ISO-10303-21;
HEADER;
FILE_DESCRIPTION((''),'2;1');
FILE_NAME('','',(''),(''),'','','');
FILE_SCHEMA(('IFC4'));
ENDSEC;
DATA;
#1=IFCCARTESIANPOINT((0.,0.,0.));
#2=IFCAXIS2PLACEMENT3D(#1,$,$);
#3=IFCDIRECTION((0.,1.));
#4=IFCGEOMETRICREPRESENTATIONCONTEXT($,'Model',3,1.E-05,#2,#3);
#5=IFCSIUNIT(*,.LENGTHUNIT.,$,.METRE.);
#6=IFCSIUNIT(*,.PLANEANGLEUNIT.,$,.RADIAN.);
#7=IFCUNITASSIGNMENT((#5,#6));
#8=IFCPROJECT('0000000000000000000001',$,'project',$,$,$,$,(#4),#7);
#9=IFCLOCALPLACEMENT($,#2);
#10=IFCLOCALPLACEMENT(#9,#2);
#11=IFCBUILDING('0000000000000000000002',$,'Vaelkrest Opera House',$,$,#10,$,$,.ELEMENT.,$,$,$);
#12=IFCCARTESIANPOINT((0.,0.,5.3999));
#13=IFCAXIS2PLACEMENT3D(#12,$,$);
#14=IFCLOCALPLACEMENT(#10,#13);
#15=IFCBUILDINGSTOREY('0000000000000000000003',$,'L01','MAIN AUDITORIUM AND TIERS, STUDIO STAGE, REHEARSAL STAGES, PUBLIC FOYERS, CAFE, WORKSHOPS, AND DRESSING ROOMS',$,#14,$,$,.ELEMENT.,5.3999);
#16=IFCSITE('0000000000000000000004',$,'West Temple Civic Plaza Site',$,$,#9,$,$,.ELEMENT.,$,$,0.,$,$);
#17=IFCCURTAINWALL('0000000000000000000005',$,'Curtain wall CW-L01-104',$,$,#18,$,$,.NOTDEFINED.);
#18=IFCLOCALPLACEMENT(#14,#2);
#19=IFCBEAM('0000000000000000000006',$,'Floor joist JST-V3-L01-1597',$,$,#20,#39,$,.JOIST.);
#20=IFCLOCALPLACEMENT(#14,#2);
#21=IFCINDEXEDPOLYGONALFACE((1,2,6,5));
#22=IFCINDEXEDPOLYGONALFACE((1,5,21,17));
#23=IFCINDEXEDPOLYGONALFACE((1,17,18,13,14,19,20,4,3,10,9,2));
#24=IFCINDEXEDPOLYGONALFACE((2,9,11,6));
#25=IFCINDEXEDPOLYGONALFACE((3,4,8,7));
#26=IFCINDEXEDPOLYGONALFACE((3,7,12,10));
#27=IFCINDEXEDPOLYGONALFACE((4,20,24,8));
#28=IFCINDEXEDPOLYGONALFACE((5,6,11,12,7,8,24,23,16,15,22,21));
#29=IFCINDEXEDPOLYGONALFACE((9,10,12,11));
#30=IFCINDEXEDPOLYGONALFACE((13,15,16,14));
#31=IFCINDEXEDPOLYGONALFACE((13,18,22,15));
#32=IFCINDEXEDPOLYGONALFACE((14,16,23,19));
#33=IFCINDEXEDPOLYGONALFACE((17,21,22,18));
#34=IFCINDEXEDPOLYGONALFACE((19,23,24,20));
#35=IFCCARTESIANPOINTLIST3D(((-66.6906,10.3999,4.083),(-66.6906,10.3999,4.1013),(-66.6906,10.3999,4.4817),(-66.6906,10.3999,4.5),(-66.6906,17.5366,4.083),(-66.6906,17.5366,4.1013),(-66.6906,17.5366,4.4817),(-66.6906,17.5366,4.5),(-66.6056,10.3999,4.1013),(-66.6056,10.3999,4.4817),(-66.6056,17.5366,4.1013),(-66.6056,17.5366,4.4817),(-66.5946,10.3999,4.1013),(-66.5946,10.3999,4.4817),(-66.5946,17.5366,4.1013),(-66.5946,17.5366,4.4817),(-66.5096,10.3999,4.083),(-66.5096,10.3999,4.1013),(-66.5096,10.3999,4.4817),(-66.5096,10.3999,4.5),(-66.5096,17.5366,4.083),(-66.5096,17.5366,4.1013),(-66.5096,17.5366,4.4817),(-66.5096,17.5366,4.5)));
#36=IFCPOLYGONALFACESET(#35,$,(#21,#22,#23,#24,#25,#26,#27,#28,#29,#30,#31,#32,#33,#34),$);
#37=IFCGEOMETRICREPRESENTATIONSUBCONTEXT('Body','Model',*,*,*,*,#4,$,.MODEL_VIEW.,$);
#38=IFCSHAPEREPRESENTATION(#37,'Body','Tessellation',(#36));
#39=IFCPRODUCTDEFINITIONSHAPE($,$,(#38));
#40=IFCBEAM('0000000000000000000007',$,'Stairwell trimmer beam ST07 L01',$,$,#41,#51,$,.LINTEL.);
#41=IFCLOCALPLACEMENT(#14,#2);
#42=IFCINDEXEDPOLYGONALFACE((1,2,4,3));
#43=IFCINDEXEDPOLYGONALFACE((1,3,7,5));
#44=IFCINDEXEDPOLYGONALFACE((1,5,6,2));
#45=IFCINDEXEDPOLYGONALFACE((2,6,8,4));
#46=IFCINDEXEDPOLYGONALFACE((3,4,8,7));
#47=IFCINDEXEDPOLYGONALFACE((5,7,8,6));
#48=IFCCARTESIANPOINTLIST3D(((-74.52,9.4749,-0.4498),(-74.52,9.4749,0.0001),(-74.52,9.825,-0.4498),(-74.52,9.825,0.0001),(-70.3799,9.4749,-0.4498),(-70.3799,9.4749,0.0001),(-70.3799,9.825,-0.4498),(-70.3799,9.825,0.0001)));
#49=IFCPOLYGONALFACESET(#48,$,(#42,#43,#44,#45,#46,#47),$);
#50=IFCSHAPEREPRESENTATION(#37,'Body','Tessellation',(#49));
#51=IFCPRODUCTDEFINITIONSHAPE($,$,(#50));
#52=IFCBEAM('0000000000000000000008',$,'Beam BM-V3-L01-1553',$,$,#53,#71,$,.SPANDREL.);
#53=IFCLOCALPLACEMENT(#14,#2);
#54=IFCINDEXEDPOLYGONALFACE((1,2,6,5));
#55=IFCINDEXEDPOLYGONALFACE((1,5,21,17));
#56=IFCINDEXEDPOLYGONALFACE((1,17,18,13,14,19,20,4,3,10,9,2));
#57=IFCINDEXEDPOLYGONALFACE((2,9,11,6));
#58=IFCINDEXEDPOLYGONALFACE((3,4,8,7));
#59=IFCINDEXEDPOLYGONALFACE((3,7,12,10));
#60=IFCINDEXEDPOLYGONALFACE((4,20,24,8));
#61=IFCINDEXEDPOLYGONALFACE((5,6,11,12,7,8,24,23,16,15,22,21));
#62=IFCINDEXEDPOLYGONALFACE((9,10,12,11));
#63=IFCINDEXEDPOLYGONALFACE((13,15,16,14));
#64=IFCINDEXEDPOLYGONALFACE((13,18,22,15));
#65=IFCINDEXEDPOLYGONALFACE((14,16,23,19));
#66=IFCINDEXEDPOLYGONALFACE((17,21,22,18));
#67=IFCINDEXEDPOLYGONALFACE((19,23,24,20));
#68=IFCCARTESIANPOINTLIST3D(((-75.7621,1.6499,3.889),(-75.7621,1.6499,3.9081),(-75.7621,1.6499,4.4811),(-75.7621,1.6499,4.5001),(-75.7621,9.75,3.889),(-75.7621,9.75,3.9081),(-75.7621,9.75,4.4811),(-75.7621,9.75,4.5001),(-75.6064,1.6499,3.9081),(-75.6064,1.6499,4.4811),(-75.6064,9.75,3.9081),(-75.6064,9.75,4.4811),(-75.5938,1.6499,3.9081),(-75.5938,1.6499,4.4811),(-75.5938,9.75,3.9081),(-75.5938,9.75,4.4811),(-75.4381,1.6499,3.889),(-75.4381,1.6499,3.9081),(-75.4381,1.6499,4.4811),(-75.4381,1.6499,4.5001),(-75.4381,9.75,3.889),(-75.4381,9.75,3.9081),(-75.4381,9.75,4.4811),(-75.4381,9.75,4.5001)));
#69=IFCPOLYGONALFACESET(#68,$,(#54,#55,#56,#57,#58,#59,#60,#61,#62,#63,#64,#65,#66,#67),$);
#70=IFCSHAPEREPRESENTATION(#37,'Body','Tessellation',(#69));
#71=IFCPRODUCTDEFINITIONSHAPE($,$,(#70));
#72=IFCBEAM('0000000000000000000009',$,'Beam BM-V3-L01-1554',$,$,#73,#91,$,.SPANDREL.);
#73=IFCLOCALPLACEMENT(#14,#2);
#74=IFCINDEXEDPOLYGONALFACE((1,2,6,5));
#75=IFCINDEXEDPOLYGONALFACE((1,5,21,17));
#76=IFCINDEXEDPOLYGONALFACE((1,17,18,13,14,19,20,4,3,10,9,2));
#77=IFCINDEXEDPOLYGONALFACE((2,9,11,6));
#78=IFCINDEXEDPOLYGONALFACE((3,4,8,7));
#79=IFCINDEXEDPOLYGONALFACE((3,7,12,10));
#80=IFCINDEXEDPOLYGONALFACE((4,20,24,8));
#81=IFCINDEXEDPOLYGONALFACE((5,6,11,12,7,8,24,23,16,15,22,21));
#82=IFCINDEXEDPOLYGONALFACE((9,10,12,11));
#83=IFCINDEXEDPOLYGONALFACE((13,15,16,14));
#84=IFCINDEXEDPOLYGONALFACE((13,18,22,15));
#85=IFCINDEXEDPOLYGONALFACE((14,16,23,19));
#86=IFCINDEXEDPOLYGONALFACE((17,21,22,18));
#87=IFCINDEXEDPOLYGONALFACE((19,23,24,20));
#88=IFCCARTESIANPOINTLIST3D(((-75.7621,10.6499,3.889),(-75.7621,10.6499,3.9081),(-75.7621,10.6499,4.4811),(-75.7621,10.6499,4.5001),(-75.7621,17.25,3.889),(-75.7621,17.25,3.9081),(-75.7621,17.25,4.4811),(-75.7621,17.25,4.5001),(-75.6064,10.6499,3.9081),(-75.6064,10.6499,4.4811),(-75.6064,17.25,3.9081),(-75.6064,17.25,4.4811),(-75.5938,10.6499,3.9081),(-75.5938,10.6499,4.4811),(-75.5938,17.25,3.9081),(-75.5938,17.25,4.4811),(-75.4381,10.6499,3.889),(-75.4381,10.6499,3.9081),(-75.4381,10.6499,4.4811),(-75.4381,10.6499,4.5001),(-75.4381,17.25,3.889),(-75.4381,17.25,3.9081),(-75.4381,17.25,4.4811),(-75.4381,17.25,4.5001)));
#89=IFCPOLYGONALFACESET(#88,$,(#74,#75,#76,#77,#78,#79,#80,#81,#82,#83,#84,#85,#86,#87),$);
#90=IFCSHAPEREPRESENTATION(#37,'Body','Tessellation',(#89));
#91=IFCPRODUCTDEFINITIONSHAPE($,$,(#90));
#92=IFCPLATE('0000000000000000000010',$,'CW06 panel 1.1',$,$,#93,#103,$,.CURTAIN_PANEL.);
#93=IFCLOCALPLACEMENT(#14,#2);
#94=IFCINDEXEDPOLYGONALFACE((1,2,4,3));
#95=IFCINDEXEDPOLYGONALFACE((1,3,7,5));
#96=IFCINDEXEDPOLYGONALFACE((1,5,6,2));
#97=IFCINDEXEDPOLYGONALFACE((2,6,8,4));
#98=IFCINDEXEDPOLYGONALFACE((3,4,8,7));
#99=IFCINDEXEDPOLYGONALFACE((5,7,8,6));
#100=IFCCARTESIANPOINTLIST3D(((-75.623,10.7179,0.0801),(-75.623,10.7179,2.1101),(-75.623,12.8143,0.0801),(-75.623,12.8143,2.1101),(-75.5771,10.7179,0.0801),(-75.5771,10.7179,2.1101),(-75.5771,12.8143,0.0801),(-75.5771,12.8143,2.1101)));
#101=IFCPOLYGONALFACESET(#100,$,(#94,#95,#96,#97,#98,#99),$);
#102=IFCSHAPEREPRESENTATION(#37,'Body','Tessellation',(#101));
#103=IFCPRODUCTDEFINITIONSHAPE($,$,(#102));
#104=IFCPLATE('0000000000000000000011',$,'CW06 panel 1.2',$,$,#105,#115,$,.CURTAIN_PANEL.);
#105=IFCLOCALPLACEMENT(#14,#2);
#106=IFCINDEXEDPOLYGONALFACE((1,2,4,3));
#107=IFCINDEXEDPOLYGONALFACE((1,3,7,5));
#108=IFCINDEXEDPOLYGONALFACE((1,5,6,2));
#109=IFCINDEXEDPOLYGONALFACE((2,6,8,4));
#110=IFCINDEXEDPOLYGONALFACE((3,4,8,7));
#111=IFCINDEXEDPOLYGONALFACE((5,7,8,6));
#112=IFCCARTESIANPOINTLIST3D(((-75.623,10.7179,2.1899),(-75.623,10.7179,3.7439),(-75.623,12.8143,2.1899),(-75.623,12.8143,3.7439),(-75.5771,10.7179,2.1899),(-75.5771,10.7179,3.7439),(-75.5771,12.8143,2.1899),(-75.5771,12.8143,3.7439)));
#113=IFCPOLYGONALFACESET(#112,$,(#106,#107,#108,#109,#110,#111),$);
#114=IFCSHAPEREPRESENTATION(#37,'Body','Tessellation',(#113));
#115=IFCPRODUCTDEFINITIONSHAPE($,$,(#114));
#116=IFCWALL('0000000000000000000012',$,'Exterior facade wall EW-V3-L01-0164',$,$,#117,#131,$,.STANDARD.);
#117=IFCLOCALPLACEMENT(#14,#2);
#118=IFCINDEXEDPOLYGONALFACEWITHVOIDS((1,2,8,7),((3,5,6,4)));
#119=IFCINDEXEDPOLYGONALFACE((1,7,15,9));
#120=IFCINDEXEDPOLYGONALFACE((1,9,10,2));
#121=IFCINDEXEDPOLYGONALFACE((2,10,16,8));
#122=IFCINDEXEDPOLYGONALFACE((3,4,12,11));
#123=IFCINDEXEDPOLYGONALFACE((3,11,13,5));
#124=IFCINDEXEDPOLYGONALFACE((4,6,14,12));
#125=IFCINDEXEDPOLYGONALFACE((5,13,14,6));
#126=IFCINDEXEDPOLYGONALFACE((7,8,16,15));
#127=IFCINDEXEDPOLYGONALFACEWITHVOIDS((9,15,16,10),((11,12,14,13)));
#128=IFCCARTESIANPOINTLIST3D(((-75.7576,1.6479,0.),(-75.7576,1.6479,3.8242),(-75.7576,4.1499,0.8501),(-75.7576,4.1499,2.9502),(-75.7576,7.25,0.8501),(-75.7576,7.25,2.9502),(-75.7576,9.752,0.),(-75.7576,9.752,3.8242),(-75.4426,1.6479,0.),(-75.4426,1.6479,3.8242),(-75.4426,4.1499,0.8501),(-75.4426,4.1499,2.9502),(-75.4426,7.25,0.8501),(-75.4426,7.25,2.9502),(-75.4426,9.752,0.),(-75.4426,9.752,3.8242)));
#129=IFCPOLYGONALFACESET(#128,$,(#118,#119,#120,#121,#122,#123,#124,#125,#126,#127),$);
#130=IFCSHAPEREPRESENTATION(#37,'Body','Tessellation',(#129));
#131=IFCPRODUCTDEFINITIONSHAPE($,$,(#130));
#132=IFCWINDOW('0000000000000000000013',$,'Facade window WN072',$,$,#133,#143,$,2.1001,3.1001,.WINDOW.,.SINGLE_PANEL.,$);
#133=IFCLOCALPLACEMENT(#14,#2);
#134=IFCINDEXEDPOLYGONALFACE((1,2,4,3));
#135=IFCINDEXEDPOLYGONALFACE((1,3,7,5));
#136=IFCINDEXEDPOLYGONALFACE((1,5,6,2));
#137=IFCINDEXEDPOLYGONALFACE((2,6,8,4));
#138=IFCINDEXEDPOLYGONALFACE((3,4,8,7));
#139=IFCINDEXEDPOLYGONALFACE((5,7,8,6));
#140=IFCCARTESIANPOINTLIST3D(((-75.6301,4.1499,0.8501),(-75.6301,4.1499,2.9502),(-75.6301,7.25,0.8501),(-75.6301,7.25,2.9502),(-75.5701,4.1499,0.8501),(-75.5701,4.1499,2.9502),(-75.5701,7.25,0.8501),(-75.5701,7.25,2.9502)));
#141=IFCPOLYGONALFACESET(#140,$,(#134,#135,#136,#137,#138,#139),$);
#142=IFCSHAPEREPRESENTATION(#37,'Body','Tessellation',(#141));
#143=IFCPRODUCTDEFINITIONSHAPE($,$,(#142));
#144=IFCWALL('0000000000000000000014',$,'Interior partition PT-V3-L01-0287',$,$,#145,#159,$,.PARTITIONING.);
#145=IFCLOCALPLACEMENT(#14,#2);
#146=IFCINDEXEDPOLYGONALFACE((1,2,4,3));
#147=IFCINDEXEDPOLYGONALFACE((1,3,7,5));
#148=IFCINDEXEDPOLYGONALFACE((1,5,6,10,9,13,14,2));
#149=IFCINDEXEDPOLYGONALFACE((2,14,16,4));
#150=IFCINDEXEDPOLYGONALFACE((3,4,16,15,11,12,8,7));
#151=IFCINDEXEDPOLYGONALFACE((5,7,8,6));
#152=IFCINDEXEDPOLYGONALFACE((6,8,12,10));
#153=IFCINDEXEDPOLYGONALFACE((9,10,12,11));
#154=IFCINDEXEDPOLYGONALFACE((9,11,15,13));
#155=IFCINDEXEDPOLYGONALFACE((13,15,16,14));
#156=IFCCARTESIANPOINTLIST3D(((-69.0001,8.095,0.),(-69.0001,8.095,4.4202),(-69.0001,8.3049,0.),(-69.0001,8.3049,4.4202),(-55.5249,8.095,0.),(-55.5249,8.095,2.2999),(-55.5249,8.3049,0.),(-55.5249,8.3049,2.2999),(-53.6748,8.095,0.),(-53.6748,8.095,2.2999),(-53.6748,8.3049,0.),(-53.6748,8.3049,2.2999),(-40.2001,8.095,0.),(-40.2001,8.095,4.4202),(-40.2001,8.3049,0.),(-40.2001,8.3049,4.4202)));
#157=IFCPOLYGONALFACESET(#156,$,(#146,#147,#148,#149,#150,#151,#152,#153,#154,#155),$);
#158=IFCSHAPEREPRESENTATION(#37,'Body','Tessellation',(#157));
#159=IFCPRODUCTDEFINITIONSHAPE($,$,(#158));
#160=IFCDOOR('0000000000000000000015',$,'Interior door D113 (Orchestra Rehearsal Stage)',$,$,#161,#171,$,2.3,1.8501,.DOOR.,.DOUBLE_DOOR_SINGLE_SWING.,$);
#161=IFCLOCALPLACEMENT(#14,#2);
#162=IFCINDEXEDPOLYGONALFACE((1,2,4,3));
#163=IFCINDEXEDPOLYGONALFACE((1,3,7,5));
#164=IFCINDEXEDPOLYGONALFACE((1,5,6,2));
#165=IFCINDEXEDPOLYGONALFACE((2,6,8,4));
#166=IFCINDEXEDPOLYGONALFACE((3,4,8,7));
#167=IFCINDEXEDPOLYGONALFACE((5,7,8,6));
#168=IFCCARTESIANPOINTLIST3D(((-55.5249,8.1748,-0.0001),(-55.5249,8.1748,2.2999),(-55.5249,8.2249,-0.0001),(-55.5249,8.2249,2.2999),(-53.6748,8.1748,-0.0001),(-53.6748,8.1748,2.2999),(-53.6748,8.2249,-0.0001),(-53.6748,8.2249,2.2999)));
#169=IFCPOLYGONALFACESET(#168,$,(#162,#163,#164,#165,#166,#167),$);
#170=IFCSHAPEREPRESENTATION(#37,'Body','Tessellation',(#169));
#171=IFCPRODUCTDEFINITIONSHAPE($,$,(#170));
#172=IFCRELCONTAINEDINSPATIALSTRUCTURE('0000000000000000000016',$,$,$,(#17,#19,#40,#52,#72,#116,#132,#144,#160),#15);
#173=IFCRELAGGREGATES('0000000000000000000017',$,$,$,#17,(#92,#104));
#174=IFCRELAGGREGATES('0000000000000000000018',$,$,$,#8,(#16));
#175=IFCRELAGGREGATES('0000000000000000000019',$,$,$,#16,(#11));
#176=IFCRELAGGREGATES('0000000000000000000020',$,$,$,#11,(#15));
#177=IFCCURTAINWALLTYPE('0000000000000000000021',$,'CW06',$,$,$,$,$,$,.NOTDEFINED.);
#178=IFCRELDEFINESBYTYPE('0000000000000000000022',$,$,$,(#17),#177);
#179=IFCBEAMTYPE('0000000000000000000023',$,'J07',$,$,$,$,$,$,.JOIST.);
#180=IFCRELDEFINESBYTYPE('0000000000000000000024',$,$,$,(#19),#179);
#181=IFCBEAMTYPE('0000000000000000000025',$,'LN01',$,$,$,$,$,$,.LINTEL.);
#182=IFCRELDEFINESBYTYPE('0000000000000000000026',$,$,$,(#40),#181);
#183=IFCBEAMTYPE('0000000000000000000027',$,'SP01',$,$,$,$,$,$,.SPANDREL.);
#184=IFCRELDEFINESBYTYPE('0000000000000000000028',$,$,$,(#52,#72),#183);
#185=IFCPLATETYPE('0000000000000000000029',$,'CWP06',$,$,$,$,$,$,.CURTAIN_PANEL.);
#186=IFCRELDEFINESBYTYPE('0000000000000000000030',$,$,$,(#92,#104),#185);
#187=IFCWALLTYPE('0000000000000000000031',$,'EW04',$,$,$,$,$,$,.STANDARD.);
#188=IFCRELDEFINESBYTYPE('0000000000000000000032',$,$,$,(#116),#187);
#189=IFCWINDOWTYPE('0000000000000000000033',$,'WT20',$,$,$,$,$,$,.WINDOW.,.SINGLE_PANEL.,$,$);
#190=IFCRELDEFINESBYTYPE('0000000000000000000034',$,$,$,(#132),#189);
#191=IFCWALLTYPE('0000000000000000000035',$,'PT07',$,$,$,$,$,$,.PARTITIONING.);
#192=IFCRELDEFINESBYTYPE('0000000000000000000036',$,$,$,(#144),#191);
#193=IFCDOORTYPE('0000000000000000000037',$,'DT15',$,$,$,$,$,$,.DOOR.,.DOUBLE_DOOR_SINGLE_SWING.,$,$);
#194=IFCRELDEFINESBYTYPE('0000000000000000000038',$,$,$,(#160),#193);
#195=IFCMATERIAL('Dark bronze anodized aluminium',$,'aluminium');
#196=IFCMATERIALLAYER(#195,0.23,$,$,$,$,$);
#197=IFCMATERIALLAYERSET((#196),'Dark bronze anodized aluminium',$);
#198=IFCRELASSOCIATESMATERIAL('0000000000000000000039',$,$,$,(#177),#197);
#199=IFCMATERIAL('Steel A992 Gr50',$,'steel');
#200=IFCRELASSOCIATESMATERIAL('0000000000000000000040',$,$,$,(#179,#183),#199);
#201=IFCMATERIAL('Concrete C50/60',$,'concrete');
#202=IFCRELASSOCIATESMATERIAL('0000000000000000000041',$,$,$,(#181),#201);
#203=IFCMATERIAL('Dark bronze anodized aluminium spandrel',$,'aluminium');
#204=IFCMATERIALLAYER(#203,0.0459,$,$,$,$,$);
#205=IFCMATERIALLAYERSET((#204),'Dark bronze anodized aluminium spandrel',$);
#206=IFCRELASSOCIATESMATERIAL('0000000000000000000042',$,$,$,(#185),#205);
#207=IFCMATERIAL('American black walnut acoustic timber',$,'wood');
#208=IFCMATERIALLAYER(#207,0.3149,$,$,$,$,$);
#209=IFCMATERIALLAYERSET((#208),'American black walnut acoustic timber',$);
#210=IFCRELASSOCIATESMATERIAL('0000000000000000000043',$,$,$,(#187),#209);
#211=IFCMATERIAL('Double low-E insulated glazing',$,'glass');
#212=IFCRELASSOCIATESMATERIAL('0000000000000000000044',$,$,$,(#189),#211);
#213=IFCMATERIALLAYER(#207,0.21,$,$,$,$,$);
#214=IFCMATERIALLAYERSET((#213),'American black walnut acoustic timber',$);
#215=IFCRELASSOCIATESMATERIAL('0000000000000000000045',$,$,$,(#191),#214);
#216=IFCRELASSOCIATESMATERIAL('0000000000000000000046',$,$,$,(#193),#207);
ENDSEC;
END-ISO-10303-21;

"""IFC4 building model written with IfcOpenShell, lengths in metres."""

from ifc_helpers import new_model, si_unit, direction, frame, frame_2d, origin, origin_2d, place, context, subcontext, project, spatial, rectangle, i_section, extrude, material, layer, layer_set, material_profile, profile_set, type_object, element, fill, aggregate, save


model = new_model("IFC4")

# Units and contexts
model_context = context("Model", 3, precision=1e-05, world=origin(), true_north=direction((0.0, 1.0)))
body_context = subcontext(model_context, "Body", "Model", "MODEL_VIEW")
ifc_project = project(units=[si_unit("LENGTHUNIT", "METRE"), si_unit("PLANEANGLEUNIT", "RADIAN")], contexts=[model_context])

# Site, building, storey
site_placement = place(None, origin())
site = spatial("IfcSite", under=ifc_project, at=site_placement, Name="West Temple Civic Plaza Site", CompositionType="ELEMENT", RefElevation=0.0)
building_placement = place(site_placement, origin())
building = spatial("IfcBuilding", under=site, at=building_placement, Name="Vaelkrest Opera House", CompositionType="ELEMENT")
storey_placement = place(building_placement, frame((0.0, 0.0, 5.3999)))
storey = spatial("IfcBuildingStorey", under=building, at=storey_placement, Name="L01", Description="MAIN AUDITORIUM AND TIERS, STUDIO STAGE, REHEARSAL STAGES, PUBLIC FOYERS, CAFE, WORKSHOPS, AND DRESSING ROOMS", CompositionType="ELEMENT", Elevation=5.3999)

# Shared definitions
ifc_material_1 = material(Name="Concrete C50/60", Category="concrete")

# Curtain wall
ifc_material_2 = material(Name="Dark bronze anodized aluminium", Category="aluminium")
ifc_layer_1 = layer(ifc_material_2, 0.23)
ifc_layer_set_1 = layer_set([ifc_layer_1], Name="Dark bronze anodized aluminium")
curtain_wall_type = type_object("IfcCurtainWallType", Name="CW06", PredefinedType="NOTDEFINED", material=ifc_layer_set_1)
curtain_wall_placement = place(storey_placement, origin())
curtain_wall = element("IfcCurtainWall", 1, at=curtain_wall_placement, inside=storey, type_object=curtain_wall_type, Name="Curtain wall CW-L01-104", PredefinedType="NOTDEFINED")

# Beams
ifc_material_3 = material(Name="Steel A992 Gr50", Category="steel")
ifc_material_profile_1 = material_profile(ifc_material_3, i_section(OverallWidth=0.1809, OverallDepth=0.417, WebThickness=0.011, FlangeThickness=0.0183, at=origin_2d()), Name="W16X57")
ifc_profile_set_1 = profile_set([ifc_material_profile_1], Name="Steel A992 Gr50")
beam_type_1 = type_object("IfcBeamType", Name="J07", PredefinedType="JOIST", material=ifc_profile_set_1)
beam_1_placement = place(storey_placement, frame((-66.6001, 10.3999, 4.2915), z_axis=(0.0, 1.0, 0.0), x_axis=(-1.0, 0.0, 0.0)))
element("IfcBeam", 2, at=beam_1_placement, inside=storey, type_object=beam_type_1, Name="Floor joist JST-V3-L01-1597", PredefinedType="JOIST", context=body_context, shape_type="SweptSolid", body=[
    extrude(i_section(OverallWidth=0.1809, OverallDepth=0.417, WebThickness=0.011, FlangeThickness=0.0183, at=origin_2d()), origin(), (0.0, 0.0, 1.0), 7.1367),
])
ifc_material_profile_2 = material_profile(ifc_material_1, rectangle(XDim=0.3501, YDim=0.45, at=origin_2d()), Name="RCB350X450")
ifc_profile_set_2 = profile_set([ifc_material_profile_2], Name="Concrete C50/60")
beam_type_2 = type_object("IfcBeamType", Name="LN01", PredefinedType="LINTEL", material=ifc_profile_set_2)
beam_2_placement = place(storey_placement, frame((-74.52, 9.6499, -0.2249), z_axis=(1.0, 0.0, 0.0), x_axis=(0.0, 1.0, 0.0)))
element("IfcBeam", 3, at=beam_2_placement, inside=storey, type_object=beam_type_2, Name="Stairwell trimmer beam ST07 L01", PredefinedType="LINTEL", context=body_context, shape_type="SweptSolid", body=[
    extrude(rectangle(XDim=0.3501, YDim=0.45, at=origin_2d()), origin(), (0.0, 0.0, 1.0), 4.1401),
])
ifc_material_profile_3 = material_profile(ifc_material_3, i_section(OverallWidth=0.324, OverallDepth=0.6111, WebThickness=0.0127, FlangeThickness=0.019, at=origin_2d()), Name="W24X104")
ifc_profile_set_3 = profile_set([ifc_material_profile_3], Name="Steel A992 Gr50")
beam_type_3 = type_object("IfcBeamType", Name="SP01", PredefinedType="SPANDREL", material=ifc_profile_set_3)
beam_3_placement = place(storey_placement, frame((-75.6001, 1.6499, 4.1946), z_axis=(0.0, 1.0, 0.0), x_axis=(-1.0, 0.0, 0.0)))
element("IfcBeam", 4, at=beam_3_placement, inside=storey, type_object=beam_type_3, Name="Beam BM-V3-L01-1553", PredefinedType="SPANDREL", context=body_context, shape_type="SweptSolid", body=[
    extrude(i_section(OverallWidth=0.324, OverallDepth=0.6111, WebThickness=0.0127, FlangeThickness=0.019, at=origin_2d()), origin(), (0.0, 0.0, 1.0), 8.1001),
])
beam_4_placement = place(storey_placement, frame((-75.6001, 10.6499, 4.1946), z_axis=(0.0, 1.0, 0.0), x_axis=(-1.0, 0.0, 0.0)))
element("IfcBeam", 5, at=beam_4_placement, inside=storey, type_object=beam_type_3, Name="Beam BM-V3-L01-1554", PredefinedType="SPANDREL", context=body_context, shape_type="SweptSolid", body=[
    extrude(i_section(OverallWidth=0.324, OverallDepth=0.6111, WebThickness=0.0127, FlangeThickness=0.019, at=origin_2d()), origin(), (0.0, 0.0, 1.0), 6.6001),
])

# Plates
ifc_material_4 = material(Name="Dark bronze anodized aluminium spandrel", Category="aluminium")
ifc_layer_2 = layer(ifc_material_4, 0.0459)
ifc_layer_set_2 = layer_set([ifc_layer_2], Name="Dark bronze anodized aluminium spandrel")
plate_type = type_object("IfcPlateType", Name="CWP06", PredefinedType="CURTAIN_PANEL", material=ifc_layer_set_2)
plate_1_placement = place(storey_placement, frame((-75.6001, 11.7661, 0.0801), z_axis=(0.0, 0.0, 1.0), x_axis=(0.0, 1.0, 0.0)))
plate_1 = element("IfcPlate", 6, at=plate_1_placement, type_object=plate_type, Name="CW06 panel 1.1", PredefinedType="CURTAIN_PANEL", context=body_context, shape_type="SweptSolid", body=[
    extrude(rectangle(XDim=2.0964, YDim=0.0459, at=origin_2d()), origin(), (0.0, 0.0, 1.0), 2.03),
])
plate_2_placement = place(storey_placement, frame((-75.6001, 11.7661, 2.1899), z_axis=(0.0, 0.0, 1.0), x_axis=(0.0, 1.0, 0.0)))
plate_2 = element("IfcPlate", 7, at=plate_2_placement, type_object=plate_type, Name="CW06 panel 1.2", PredefinedType="CURTAIN_PANEL", context=body_context, shape_type="SweptSolid", body=[
    extrude(rectangle(XDim=2.0964, YDim=0.0459, at=origin_2d()), origin(), (0.0, 0.0, 1.0), 1.554),
])
aggregate(curtain_wall, [plate_1, plate_2])

# Wall, opening, window
ifc_material_5 = material(Name="American black walnut acoustic timber", Category="wood")
ifc_layer_3 = layer(ifc_material_5, 0.3149)
ifc_layer_set_3 = layer_set([ifc_layer_3], Name="American black walnut acoustic timber")
wall_type_1 = type_object("IfcWallType", Name="EW04", PredefinedType="STANDARD", material=ifc_layer_set_3)
wall_1_placement = place(storey_placement, frame((-75.6001, 1.6479, 0.0), z_axis=(0.0, 0.0, 1.0), x_axis=(0.0, 1.0, 0.0)))
wall_1 = element("IfcWall", 8, at=wall_1_placement, inside=storey, type_object=wall_type_1, Name="Exterior facade wall EW-V3-L01-0164", PredefinedType="STANDARD", context=body_context, shape_type="SweptSolid", body=[
    extrude(rectangle(XDim=8.104, YDim=0.3149, at=frame_2d((4.052, 0.0))), origin(), (0.0, 0.0, 1.0), 3.8242),
])
opening_1_placement = place(wall_1_placement, frame((2.502, 0.0, 0.8501)))
opening_1 = element("IfcOpeningElement", 9, at=opening_1_placement, cuts=wall_1, PredefinedType="OPENING", context=body_context, shape_type="SweptSolid", body=[
    extrude(rectangle(XDim=3.1001, YDim=2.1001, at=frame_2d((1.55, 1.05))), frame((0.0, 0.1675, 0.0), z_axis=(0.0, -1.0, 0.0), x_axis=(1.0, 0.0, 0.0)), (0.0, 0.0, 1.0), 0.335),
])
ifc_material_6 = material(Name="Double low-E insulated glazing", Category="glass")
window_type = type_object("IfcWindowType", Name="WT20", PartitioningType="SINGLE_PANEL", PredefinedType="WINDOW", material=ifc_material_6)
window_placement = place(opening_1_placement, origin())
window = element("IfcWindow", 10, at=window_placement, inside=storey, type_object=window_type, Name="Facade window WN072", OverallHeight=2.1001, OverallWidth=3.1001, PartitioningType="SINGLE_PANEL", PredefinedType="WINDOW", context=body_context, shape_type="SweptSolid", body=[
    extrude(rectangle(XDim=3.1001, YDim=2.1001, at=frame_2d((1.55, 1.05))), frame((0.0, 0.03, 0.0), z_axis=(0.0, -1.0, 0.0), x_axis=(1.0, 0.0, 0.0)), (0.0, 0.0, 1.0), 0.0601),
])
fill(opening_1, window)

# Wall, opening, door
ifc_layer_4 = layer(ifc_material_5, 0.21)
ifc_layer_set_4 = layer_set([ifc_layer_4], Name="American black walnut acoustic timber")
wall_type_2 = type_object("IfcWallType", Name="PT07", PredefinedType="PARTITIONING", material=ifc_layer_set_4)
wall_2_placement = place(storey_placement, frame((-69.0, 8.2, 0.0), z_axis=(0.0, 0.0, 1.0), x_axis=(1.0, 0.0, 0.0)))
wall_2 = element("IfcWall", 11, at=wall_2_placement, inside=storey, type_object=wall_type_2, Name="Interior partition PT-V3-L01-0287", PredefinedType="PARTITIONING", context=body_context, shape_type="SweptSolid", body=[
    extrude(rectangle(XDim=28.8, YDim=0.21, at=frame_2d((14.3999, 0.0))), origin(), (0.0, 0.0, 1.0), 4.4202),
])
opening_2_placement = place(wall_2_placement, frame((13.4751, 0.0, 0.0)))
opening_2 = element("IfcOpeningElement", 12, at=opening_2_placement, cuts=wall_2, PredefinedType="OPENING", context=body_context, shape_type="SweptSolid", body=[
    extrude(rectangle(XDim=1.8501, YDim=2.3, at=frame_2d((0.925, 1.1499))), frame((0.0, 0.115, 0.0), z_axis=(0.0, -1.0, 0.0), x_axis=(1.0, 0.0, 0.0)), (0.0, 0.0, 1.0), 0.23),
])
door_type_1 = type_object("IfcDoorType", Name="DT15", OperationType="DOUBLE_DOOR_SINGLE_SWING", PredefinedType="DOOR", material=ifc_material_5)
door_1_placement = place(opening_2_placement, origin())
door_1 = element("IfcDoor", 13, at=door_1_placement, inside=storey, type_object=door_type_1, Name="Interior door D113 (Orchestra Rehearsal Stage)", OperationType="DOUBLE_DOOR_SINGLE_SWING", OverallHeight=2.3, OverallWidth=1.8501, PredefinedType="DOOR", context=body_context, shape_type="SweptSolid", body=[
    extrude(rectangle(XDim=1.8501, YDim=2.3, at=frame_2d((0.925, 1.1499))), frame((0.0, 0.0249, 0.0), z_axis=(0.0, -1.0, 0.0), x_axis=(1.0, 0.0, 0.0)), (0.0, 0.0, 1.0), 0.05),
])
fill(opening_2, door_1)

save(model, "model.ifc")
